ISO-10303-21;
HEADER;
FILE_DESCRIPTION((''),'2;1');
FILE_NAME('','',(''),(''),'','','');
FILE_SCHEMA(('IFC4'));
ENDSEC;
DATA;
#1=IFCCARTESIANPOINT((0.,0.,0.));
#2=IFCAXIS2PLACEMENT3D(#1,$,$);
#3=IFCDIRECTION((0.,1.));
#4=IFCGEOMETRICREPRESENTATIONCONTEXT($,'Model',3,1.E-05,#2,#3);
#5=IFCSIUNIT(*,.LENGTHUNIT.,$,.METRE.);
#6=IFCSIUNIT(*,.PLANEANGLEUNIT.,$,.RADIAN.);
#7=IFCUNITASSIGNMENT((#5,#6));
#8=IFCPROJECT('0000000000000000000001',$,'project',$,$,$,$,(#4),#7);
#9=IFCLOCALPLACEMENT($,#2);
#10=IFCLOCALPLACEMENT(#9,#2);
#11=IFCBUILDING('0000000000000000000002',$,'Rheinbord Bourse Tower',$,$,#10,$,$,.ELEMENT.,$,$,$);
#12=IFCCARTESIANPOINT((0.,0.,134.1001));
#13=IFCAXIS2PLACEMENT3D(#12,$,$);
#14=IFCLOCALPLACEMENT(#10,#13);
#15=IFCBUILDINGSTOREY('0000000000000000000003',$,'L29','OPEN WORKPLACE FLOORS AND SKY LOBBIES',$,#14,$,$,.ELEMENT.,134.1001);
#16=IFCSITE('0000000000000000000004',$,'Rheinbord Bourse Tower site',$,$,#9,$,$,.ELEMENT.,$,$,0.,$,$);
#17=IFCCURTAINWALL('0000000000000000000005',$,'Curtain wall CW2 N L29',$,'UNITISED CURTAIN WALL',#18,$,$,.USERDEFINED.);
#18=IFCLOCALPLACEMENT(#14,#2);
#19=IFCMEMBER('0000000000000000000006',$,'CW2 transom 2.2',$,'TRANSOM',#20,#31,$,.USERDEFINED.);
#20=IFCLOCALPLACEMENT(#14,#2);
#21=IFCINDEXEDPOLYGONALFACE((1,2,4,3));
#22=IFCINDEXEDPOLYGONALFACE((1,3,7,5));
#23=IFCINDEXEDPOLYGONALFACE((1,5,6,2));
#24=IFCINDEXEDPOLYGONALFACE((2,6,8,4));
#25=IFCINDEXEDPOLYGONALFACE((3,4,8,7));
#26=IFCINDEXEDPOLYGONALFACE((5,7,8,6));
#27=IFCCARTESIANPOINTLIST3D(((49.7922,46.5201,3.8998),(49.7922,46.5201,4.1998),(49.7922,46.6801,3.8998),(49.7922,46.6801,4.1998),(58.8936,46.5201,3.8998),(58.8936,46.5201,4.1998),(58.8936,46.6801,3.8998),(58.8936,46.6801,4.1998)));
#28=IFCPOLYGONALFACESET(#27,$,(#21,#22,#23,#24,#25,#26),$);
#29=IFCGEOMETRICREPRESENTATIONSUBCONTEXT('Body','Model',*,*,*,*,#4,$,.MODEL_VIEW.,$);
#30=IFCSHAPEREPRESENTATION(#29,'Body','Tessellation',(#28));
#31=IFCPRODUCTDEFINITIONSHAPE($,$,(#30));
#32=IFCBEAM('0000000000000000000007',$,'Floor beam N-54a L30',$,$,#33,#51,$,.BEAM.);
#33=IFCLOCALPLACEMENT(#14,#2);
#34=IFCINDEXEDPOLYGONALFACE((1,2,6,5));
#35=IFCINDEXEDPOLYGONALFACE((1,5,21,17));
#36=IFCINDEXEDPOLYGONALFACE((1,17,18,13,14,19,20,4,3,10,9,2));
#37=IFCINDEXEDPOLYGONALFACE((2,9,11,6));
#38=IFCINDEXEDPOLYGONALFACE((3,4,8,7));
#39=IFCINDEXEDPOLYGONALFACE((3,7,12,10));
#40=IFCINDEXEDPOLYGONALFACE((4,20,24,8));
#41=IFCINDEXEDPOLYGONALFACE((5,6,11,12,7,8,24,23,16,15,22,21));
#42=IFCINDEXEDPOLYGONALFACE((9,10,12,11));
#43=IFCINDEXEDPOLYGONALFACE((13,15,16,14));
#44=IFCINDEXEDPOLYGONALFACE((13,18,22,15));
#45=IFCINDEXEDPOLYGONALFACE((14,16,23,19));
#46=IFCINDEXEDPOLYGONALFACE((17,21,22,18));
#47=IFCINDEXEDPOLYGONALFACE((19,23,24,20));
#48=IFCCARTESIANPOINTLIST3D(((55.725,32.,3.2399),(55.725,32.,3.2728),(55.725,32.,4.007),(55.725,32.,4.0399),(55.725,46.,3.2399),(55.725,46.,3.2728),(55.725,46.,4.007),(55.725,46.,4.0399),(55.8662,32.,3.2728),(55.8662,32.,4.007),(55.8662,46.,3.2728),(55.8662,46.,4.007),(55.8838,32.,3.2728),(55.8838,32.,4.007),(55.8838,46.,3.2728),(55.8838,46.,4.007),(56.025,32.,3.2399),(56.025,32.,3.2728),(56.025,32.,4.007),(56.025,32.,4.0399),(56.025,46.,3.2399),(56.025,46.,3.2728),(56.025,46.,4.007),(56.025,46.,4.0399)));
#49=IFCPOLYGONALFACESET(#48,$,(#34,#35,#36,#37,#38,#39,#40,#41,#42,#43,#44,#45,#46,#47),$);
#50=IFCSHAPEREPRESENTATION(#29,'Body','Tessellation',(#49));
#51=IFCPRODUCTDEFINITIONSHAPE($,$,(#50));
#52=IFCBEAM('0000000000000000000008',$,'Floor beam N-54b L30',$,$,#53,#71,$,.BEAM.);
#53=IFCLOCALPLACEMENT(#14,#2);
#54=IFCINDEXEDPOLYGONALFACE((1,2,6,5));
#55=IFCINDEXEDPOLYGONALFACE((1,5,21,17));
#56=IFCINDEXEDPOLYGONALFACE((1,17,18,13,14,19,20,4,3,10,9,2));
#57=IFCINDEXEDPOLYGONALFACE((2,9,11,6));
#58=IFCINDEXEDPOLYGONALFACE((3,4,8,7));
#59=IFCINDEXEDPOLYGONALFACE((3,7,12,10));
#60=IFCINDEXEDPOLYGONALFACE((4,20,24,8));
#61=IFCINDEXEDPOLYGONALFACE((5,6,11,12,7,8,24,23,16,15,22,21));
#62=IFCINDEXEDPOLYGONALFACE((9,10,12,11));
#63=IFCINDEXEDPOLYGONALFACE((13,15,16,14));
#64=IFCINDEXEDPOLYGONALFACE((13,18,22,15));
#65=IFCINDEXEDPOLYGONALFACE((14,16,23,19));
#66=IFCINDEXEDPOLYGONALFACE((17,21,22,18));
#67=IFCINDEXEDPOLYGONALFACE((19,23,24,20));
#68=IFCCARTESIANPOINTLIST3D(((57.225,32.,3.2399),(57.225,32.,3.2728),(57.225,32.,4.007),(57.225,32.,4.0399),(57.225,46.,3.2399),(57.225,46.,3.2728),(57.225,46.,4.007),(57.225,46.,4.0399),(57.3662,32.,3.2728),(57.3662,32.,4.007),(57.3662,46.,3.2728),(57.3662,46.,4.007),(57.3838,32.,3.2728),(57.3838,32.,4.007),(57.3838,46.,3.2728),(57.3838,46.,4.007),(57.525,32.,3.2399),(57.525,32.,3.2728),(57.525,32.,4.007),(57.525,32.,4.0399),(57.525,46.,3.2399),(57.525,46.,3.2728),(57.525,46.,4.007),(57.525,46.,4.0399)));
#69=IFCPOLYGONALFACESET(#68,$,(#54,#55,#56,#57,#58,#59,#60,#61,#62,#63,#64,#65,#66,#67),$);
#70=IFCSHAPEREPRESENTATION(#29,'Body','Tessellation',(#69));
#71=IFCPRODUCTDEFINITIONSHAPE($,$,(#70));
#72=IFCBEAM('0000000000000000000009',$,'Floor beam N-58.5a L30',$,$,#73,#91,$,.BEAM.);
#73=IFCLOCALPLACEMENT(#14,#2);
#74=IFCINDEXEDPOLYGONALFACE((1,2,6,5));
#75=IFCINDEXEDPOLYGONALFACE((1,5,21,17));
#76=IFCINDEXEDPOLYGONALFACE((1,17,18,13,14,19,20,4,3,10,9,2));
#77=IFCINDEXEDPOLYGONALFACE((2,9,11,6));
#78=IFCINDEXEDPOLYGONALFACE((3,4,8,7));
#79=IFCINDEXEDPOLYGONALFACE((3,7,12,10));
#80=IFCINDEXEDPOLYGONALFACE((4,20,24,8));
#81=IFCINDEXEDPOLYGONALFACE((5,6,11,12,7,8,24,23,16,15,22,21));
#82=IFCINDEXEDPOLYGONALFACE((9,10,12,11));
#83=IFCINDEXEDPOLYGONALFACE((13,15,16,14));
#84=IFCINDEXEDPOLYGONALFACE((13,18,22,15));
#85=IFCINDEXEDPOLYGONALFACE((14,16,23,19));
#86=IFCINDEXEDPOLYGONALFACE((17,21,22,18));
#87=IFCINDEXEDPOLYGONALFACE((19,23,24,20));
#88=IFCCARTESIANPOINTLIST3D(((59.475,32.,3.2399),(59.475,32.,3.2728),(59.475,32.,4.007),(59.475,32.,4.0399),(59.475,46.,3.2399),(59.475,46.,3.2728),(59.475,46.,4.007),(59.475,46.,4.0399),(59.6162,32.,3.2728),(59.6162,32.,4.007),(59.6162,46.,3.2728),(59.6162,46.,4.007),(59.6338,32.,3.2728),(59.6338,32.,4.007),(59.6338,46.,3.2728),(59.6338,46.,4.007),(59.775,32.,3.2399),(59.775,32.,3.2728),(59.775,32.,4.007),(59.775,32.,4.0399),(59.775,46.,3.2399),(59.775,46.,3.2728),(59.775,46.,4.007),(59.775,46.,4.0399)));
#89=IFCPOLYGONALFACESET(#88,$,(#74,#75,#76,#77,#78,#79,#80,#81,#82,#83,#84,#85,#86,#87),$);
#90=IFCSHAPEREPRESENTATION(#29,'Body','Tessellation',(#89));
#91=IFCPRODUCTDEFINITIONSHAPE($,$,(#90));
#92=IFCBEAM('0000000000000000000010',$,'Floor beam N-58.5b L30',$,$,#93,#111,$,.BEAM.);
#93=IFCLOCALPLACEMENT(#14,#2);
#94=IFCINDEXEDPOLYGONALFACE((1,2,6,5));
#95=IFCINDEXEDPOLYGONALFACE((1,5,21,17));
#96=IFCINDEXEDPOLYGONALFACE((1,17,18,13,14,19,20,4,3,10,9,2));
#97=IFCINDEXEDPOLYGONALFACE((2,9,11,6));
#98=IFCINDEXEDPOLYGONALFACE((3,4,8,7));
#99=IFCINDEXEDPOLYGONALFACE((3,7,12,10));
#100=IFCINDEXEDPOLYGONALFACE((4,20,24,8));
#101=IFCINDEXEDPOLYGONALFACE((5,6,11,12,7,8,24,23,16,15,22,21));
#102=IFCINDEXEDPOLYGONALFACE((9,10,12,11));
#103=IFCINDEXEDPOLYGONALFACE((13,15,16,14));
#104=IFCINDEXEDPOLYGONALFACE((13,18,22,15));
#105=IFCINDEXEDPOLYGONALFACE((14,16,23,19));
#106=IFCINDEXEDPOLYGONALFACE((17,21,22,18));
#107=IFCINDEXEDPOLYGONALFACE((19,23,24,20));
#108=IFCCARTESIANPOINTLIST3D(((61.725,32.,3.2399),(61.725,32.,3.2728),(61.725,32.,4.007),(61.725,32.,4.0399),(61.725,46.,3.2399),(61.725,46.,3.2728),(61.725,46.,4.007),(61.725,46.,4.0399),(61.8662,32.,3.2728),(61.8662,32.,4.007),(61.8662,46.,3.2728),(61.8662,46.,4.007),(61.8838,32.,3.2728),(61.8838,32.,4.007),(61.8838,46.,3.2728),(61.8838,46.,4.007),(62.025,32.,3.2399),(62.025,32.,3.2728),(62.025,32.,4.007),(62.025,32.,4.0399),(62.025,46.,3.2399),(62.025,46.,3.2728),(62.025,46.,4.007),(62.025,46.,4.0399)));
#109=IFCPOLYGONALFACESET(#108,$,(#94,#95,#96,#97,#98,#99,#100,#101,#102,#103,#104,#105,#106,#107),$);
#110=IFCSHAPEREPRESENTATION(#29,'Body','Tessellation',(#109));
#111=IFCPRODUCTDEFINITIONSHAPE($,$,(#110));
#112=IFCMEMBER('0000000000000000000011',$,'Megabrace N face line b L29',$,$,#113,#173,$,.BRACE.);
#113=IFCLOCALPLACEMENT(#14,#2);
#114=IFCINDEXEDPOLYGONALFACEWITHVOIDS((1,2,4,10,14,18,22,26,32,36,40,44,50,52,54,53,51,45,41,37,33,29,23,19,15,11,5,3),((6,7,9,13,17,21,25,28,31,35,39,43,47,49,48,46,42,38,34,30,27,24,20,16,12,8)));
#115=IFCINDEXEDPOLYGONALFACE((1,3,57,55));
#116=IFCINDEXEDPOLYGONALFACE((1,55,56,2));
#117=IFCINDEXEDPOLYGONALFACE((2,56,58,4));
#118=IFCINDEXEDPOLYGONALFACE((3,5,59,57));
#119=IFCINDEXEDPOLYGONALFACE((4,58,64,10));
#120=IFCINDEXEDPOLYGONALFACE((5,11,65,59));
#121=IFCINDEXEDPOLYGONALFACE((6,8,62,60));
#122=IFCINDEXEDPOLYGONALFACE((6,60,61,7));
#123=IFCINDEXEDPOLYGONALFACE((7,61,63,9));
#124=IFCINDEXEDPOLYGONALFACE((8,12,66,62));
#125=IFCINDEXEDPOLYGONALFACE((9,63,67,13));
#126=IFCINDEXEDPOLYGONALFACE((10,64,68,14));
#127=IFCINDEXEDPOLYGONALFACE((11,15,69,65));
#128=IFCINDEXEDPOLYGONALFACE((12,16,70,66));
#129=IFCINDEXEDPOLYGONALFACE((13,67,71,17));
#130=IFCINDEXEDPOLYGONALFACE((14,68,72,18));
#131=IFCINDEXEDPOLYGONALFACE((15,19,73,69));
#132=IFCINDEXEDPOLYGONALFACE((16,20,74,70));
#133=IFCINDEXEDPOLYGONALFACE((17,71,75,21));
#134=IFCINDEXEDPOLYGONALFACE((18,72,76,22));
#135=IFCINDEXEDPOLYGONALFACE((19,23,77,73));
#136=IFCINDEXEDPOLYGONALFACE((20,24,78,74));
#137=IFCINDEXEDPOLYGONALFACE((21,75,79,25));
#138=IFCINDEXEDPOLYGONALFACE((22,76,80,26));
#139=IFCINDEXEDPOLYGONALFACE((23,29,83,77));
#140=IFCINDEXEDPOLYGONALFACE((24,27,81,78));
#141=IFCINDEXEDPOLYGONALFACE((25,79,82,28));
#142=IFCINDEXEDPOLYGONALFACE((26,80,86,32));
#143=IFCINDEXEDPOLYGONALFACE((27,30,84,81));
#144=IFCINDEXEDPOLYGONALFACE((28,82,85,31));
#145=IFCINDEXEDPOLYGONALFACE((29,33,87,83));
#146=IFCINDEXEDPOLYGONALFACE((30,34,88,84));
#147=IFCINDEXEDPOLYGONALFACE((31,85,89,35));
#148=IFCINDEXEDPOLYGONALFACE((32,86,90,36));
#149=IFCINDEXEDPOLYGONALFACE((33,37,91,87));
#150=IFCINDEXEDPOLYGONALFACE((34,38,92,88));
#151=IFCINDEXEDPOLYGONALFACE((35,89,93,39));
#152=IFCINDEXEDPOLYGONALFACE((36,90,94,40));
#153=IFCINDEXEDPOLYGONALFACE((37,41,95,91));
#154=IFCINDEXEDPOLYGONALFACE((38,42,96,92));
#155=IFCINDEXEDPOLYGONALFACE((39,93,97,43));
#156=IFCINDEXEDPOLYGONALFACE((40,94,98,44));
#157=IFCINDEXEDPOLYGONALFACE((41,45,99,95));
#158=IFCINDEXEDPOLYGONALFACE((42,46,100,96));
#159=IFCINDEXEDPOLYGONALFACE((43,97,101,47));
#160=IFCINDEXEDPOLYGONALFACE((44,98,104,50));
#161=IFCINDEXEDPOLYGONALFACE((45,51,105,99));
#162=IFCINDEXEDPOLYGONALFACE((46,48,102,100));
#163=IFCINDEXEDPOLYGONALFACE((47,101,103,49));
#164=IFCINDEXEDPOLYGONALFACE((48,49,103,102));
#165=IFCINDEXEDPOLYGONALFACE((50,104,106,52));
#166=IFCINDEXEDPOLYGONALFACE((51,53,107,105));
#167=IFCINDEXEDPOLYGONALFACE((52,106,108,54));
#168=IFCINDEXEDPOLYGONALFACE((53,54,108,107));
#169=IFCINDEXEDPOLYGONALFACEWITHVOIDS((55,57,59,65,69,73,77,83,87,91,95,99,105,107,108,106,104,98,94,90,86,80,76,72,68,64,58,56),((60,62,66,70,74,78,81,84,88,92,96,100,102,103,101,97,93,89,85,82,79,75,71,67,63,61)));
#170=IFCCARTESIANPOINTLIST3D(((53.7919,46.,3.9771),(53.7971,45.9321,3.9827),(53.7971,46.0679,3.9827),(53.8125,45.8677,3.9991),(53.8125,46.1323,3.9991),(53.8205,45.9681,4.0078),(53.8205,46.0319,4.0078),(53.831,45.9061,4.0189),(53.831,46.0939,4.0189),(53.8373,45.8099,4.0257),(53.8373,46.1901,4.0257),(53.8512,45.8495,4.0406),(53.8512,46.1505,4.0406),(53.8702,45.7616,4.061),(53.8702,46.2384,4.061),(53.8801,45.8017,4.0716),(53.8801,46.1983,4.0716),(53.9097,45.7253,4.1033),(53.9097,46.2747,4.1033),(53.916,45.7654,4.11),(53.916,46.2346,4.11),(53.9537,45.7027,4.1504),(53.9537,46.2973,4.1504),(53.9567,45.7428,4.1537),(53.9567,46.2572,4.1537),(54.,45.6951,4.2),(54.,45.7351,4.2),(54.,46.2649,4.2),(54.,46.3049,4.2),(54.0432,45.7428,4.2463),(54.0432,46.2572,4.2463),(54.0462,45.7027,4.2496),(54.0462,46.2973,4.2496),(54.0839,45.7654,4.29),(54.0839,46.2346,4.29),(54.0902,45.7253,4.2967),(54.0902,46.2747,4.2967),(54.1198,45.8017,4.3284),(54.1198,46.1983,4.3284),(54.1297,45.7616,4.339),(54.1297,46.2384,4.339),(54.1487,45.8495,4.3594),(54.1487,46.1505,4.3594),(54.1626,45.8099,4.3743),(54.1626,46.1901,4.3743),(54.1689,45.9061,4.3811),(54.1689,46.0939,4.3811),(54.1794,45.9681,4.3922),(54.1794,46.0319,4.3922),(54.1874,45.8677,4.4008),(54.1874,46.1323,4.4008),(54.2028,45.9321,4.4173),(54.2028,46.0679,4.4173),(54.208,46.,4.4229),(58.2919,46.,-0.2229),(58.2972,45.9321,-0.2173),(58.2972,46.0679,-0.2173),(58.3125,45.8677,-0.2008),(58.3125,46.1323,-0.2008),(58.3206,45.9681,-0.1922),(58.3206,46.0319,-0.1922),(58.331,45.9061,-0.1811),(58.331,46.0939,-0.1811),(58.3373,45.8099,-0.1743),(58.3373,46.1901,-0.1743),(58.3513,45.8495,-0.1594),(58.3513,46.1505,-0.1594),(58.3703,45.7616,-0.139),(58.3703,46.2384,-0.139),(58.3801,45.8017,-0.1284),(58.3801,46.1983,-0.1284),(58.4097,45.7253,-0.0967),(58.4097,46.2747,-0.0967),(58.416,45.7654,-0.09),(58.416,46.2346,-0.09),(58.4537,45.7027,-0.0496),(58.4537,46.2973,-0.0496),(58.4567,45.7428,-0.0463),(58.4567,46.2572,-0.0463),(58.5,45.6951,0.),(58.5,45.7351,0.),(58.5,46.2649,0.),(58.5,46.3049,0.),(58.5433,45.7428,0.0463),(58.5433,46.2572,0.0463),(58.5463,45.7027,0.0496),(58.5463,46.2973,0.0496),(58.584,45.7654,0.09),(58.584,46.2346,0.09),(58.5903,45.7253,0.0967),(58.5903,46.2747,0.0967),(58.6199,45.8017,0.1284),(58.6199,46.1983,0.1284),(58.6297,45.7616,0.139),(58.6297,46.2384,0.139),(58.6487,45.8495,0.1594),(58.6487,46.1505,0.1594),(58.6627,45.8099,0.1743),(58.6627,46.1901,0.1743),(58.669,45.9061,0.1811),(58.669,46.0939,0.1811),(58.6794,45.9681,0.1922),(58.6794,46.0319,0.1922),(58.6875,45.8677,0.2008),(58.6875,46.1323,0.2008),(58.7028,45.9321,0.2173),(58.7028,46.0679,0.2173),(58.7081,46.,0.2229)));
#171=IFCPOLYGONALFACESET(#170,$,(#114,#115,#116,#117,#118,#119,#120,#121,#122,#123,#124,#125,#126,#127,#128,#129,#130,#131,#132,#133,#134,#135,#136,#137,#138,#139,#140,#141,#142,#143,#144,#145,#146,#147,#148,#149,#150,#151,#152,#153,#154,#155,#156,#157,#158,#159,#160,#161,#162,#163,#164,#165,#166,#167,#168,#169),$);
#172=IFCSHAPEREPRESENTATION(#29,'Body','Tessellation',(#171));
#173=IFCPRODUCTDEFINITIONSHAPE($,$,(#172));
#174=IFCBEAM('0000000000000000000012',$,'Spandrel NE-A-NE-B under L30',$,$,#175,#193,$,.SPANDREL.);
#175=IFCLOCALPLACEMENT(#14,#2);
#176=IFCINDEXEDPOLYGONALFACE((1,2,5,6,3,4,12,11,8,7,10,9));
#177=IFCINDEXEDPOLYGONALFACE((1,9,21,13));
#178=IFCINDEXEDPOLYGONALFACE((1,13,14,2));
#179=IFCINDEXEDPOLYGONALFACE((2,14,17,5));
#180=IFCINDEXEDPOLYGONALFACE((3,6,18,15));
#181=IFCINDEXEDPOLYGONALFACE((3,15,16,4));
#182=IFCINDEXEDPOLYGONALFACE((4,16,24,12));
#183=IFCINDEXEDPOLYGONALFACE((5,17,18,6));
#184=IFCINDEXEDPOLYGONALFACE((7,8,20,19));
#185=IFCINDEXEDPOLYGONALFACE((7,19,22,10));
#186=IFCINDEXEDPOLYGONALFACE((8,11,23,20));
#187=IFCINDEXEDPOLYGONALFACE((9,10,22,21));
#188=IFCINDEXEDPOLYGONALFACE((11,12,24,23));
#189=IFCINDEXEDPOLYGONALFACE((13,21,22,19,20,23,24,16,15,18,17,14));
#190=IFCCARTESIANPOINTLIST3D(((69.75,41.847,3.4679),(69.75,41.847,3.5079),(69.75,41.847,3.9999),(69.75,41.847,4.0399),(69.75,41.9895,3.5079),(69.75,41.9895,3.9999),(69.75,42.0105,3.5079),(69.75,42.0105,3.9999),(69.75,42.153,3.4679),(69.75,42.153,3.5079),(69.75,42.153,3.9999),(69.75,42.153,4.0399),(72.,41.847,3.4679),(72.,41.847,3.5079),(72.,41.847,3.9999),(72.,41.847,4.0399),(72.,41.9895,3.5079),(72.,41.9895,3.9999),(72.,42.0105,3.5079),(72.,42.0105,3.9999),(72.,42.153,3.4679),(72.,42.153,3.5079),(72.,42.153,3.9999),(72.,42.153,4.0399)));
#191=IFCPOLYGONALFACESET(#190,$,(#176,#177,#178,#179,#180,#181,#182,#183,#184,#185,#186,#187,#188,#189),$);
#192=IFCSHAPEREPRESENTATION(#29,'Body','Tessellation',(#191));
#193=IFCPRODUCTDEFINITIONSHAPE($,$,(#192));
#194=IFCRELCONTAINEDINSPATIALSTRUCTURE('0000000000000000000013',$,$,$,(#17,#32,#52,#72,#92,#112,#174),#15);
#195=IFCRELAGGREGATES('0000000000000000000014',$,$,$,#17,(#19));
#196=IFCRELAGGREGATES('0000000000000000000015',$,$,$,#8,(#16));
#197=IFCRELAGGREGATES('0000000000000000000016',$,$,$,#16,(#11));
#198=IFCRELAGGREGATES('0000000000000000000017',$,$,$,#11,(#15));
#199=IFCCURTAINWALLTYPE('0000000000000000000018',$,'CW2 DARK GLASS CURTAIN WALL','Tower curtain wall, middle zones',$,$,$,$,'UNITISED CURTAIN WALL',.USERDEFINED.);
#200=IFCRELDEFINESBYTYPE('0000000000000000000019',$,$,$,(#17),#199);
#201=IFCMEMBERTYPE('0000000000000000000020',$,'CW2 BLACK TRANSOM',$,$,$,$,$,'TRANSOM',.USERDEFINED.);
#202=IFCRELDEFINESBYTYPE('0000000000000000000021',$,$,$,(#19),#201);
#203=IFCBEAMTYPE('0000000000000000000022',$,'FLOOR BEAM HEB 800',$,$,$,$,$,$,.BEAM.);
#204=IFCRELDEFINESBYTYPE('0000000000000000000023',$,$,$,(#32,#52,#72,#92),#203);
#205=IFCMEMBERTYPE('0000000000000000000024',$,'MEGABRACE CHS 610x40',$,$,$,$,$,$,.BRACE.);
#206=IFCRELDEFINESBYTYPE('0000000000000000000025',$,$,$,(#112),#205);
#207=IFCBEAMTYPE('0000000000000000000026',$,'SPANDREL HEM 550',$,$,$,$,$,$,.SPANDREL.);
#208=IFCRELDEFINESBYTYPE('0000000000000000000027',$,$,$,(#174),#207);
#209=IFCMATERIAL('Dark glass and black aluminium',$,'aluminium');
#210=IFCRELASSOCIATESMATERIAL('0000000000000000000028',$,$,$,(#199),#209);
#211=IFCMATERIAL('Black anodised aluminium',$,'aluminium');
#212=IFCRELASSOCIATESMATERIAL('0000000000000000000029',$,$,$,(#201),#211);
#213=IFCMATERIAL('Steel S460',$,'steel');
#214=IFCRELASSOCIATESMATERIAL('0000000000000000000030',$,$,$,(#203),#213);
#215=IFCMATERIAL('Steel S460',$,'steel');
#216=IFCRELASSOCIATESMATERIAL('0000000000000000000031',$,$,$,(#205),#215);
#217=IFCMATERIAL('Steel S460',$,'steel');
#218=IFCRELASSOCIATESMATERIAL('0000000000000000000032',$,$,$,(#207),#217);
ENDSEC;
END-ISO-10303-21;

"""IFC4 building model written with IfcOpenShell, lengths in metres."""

from ifc_helpers import new_model, si_unit, direction, frame, origin, origin_2d, place, context, subcontext, project, spatial, rectangle, hollow_circle, i_section, extrude, material, material_profile, profile_set, type_object, element, aggregate, save


model = new_model("IFC4")

# Units and contexts
model_context = context("Model", 3, precision=1e-05, world=origin(), true_north=direction((0.0, 1.0)))
body_context = subcontext(model_context, "Body", "Model", "MODEL_VIEW")
ifc_project = project(units=[si_unit("LENGTHUNIT", "METRE"), si_unit("PLANEANGLEUNIT", "RADIAN")], contexts=[model_context])

# Site, building, storey
site_placement = place(None, origin())
site = spatial("IfcSite", under=ifc_project, at=site_placement, Name="Rheinbord Bourse Tower site", CompositionType="ELEMENT", RefElevation=0.0)
building_placement = place(site_placement, origin())
building = spatial("IfcBuilding", under=site, at=building_placement, Name="Rheinbord Bourse Tower", CompositionType="ELEMENT")
storey_placement = place(building_placement, frame((0.0, 0.0, 134.1001)))
storey = spatial("IfcBuildingStorey", under=building, at=storey_placement, Name="L29", Description="OPEN WORKPLACE FLOORS AND SKY LOBBIES", CompositionType="ELEMENT", Elevation=134.1001)

# Curtain wall
ifc_material_1 = material(Name="Dark glass and black aluminium", Category="aluminium")
curtain_wall_type = type_object("IfcCurtainWallType", Name="CW2 DARK GLASS CURTAIN WALL", Description="Tower curtain wall, middle zones", ElementType="UNITISED CURTAIN WALL", PredefinedType="USERDEFINED", material=ifc_material_1)
curtain_wall_1_placement = place(storey_placement, origin())
curtain_wall_1 = element("IfcCurtainWall", 1, at=curtain_wall_1_placement, inside=storey, type_object=curtain_wall_type, Name="Curtain wall CW2 N L29", ObjectType="UNITISED CURTAIN WALL", PredefinedType="USERDEFINED")

# Member
ifc_material_2 = material(Name="Black anodised aluminium", Category="aluminium")
ifc_material_profile_1 = material_profile(ifc_material_2, rectangle(XDim=0.1599, YDim=0.3, at=origin_2d()), Name="CW2 TRANSOM 300x160")
ifc_profile_set_1 = profile_set([ifc_material_profile_1], Name="Black anodised aluminium")
member_type_1 = type_object("IfcMemberType", Name="CW2 BLACK TRANSOM", ElementType="TRANSOM", PredefinedType="USERDEFINED", material=ifc_profile_set_1)
member_1_placement = place(storey_placement, frame((58.8936, 46.6001, 4.0498), z_axis=(-1.0, 0.0, 0.0), x_axis=(0.0, -1.0, 0.0)))
member_1 = element("IfcMember", 2, at=member_1_placement, type_object=member_type_1, Name="CW2 transom 2.2", ObjectType="TRANSOM", PredefinedType="USERDEFINED", context=body_context, shape_type="SweptSolid", body=[
    extrude(rectangle(XDim=0.1599, YDim=0.3, at=origin_2d()), origin(), (0.0, 0.0, 1.0), 9.1013),
])

# Beams
ifc_material_3 = material(Name="Steel S460", Category="steel")
ifc_material_profile_2 = material_profile(ifc_material_3, i_section(OverallWidth=0.3, OverallDepth=0.8, WebThickness=0.0176, FlangeThickness=0.033, at=origin_2d()), Name="HEB 800")
ifc_profile_set_2 = profile_set([ifc_material_profile_2], Name="Steel S460")
beam_type_1 = type_object("IfcBeamType", Name="FLOOR BEAM HEB 800", PredefinedType="BEAM", material=ifc_profile_set_2)
for number, where, z_axis, x_axis, name in (
    (3, (55.875, 46.0, 3.6399), (0.0, -1.0, 0.0), (1.0, 0.0, 0.0), "Floor beam N-54a L30"),
    (4, (57.375, 46.0, 3.6399), (0.0, -1.0, 0.0), (1.0, 0.0, 0.0), "Floor beam N-54b L30"),
    (5, (59.625, 46.0, 3.6399), (0.0, -1.0, 0.0), (1.0, 0.0, 0.0), "Floor beam N-58.5a L30"),
    (6, (61.875, 46.0, 3.6399), (0.0, -1.0, 0.0), (1.0, 0.0, 0.0), "Floor beam N-58.5b L30"),
):
    element("IfcBeam", number, at=place(storey_placement, frame(where, z_axis=z_axis, x_axis=x_axis)), inside=storey, type_object=beam_type_1, Name=name, PredefinedType="BEAM", context=body_context, shape_type="SweptSolid", body=[
        extrude(i_section(OverallWidth=0.3, OverallDepth=0.8, WebThickness=0.0176, FlangeThickness=0.033, at=origin_2d()), origin(), (0.0, 0.0, 1.0), 14.0),
    ])

# Member
ifc_material_4 = material(Name="Steel S460", Category="steel")
ifc_material_profile_3 = material_profile(ifc_material_4, hollow_circle(Radius=0.3049, WallThickness=0.04, at=origin_2d()), Name="CHS 610x40")
ifc_profile_set_3 = profile_set([ifc_material_profile_3], Name="Steel S460")
member_type_2 = type_object("IfcMemberType", Name="MEGABRACE CHS 610x40", PredefinedType="BRACE", material=ifc_profile_set_3)
member_2_placement = place(storey_placement, frame((58.5, 46.0, 0.0), z_axis=(-0.731059, 0.0, 0.682314), x_axis=(0.0, -1.0, 0.0)))
element("IfcMember", 7, at=member_2_placement, inside=storey, type_object=member_type_2, Name="Megabrace N face line b L29", PredefinedType="BRACE", context=body_context, shape_type="SweptSolid", body=[
    extrude(hollow_circle(Radius=0.3049, WallThickness=0.04, at=origin_2d()), origin(), (0.0, 0.0, 1.0), 6.1555),
])

# Beam
ifc_material_5 = material(Name="Steel S460", Category="steel")
ifc_material_profile_4 = material_profile(ifc_material_5, i_section(OverallWidth=0.3059, OverallDepth=0.572, WebThickness=0.021, FlangeThickness=0.04, at=origin_2d()), Name="HEM 550")
ifc_profile_set_4 = profile_set([ifc_material_profile_4], Name="Steel S460")
beam_type_2 = type_object("IfcBeamType", Name="SPANDREL HEM 550", PredefinedType="SPANDREL", material=ifc_profile_set_4)
for number, where, z_axis, x_axis, name in (
    (8, (72.0, 42.0, 3.7539), (-1.0, 0.0, 0.0), (0.0, -1.0, 0.0), "Spandrel NE-A-NE-B under L30"),
):
    element("IfcBeam", number, at=place(storey_placement, frame(where, z_axis=z_axis, x_axis=x_axis)), inside=storey, type_object=beam_type_2, Name=name, PredefinedType="SPANDREL", context=body_context, shape_type="SweptSolid", body=[
        extrude(i_section(OverallWidth=0.3059, OverallDepth=0.572, WebThickness=0.021, FlangeThickness=0.04, at=origin_2d()), origin(), (0.0, 0.0, 1.0), 2.25),
    ])

aggregate(curtain_wall_1, [member_1])

save(model, "model.ifc")
